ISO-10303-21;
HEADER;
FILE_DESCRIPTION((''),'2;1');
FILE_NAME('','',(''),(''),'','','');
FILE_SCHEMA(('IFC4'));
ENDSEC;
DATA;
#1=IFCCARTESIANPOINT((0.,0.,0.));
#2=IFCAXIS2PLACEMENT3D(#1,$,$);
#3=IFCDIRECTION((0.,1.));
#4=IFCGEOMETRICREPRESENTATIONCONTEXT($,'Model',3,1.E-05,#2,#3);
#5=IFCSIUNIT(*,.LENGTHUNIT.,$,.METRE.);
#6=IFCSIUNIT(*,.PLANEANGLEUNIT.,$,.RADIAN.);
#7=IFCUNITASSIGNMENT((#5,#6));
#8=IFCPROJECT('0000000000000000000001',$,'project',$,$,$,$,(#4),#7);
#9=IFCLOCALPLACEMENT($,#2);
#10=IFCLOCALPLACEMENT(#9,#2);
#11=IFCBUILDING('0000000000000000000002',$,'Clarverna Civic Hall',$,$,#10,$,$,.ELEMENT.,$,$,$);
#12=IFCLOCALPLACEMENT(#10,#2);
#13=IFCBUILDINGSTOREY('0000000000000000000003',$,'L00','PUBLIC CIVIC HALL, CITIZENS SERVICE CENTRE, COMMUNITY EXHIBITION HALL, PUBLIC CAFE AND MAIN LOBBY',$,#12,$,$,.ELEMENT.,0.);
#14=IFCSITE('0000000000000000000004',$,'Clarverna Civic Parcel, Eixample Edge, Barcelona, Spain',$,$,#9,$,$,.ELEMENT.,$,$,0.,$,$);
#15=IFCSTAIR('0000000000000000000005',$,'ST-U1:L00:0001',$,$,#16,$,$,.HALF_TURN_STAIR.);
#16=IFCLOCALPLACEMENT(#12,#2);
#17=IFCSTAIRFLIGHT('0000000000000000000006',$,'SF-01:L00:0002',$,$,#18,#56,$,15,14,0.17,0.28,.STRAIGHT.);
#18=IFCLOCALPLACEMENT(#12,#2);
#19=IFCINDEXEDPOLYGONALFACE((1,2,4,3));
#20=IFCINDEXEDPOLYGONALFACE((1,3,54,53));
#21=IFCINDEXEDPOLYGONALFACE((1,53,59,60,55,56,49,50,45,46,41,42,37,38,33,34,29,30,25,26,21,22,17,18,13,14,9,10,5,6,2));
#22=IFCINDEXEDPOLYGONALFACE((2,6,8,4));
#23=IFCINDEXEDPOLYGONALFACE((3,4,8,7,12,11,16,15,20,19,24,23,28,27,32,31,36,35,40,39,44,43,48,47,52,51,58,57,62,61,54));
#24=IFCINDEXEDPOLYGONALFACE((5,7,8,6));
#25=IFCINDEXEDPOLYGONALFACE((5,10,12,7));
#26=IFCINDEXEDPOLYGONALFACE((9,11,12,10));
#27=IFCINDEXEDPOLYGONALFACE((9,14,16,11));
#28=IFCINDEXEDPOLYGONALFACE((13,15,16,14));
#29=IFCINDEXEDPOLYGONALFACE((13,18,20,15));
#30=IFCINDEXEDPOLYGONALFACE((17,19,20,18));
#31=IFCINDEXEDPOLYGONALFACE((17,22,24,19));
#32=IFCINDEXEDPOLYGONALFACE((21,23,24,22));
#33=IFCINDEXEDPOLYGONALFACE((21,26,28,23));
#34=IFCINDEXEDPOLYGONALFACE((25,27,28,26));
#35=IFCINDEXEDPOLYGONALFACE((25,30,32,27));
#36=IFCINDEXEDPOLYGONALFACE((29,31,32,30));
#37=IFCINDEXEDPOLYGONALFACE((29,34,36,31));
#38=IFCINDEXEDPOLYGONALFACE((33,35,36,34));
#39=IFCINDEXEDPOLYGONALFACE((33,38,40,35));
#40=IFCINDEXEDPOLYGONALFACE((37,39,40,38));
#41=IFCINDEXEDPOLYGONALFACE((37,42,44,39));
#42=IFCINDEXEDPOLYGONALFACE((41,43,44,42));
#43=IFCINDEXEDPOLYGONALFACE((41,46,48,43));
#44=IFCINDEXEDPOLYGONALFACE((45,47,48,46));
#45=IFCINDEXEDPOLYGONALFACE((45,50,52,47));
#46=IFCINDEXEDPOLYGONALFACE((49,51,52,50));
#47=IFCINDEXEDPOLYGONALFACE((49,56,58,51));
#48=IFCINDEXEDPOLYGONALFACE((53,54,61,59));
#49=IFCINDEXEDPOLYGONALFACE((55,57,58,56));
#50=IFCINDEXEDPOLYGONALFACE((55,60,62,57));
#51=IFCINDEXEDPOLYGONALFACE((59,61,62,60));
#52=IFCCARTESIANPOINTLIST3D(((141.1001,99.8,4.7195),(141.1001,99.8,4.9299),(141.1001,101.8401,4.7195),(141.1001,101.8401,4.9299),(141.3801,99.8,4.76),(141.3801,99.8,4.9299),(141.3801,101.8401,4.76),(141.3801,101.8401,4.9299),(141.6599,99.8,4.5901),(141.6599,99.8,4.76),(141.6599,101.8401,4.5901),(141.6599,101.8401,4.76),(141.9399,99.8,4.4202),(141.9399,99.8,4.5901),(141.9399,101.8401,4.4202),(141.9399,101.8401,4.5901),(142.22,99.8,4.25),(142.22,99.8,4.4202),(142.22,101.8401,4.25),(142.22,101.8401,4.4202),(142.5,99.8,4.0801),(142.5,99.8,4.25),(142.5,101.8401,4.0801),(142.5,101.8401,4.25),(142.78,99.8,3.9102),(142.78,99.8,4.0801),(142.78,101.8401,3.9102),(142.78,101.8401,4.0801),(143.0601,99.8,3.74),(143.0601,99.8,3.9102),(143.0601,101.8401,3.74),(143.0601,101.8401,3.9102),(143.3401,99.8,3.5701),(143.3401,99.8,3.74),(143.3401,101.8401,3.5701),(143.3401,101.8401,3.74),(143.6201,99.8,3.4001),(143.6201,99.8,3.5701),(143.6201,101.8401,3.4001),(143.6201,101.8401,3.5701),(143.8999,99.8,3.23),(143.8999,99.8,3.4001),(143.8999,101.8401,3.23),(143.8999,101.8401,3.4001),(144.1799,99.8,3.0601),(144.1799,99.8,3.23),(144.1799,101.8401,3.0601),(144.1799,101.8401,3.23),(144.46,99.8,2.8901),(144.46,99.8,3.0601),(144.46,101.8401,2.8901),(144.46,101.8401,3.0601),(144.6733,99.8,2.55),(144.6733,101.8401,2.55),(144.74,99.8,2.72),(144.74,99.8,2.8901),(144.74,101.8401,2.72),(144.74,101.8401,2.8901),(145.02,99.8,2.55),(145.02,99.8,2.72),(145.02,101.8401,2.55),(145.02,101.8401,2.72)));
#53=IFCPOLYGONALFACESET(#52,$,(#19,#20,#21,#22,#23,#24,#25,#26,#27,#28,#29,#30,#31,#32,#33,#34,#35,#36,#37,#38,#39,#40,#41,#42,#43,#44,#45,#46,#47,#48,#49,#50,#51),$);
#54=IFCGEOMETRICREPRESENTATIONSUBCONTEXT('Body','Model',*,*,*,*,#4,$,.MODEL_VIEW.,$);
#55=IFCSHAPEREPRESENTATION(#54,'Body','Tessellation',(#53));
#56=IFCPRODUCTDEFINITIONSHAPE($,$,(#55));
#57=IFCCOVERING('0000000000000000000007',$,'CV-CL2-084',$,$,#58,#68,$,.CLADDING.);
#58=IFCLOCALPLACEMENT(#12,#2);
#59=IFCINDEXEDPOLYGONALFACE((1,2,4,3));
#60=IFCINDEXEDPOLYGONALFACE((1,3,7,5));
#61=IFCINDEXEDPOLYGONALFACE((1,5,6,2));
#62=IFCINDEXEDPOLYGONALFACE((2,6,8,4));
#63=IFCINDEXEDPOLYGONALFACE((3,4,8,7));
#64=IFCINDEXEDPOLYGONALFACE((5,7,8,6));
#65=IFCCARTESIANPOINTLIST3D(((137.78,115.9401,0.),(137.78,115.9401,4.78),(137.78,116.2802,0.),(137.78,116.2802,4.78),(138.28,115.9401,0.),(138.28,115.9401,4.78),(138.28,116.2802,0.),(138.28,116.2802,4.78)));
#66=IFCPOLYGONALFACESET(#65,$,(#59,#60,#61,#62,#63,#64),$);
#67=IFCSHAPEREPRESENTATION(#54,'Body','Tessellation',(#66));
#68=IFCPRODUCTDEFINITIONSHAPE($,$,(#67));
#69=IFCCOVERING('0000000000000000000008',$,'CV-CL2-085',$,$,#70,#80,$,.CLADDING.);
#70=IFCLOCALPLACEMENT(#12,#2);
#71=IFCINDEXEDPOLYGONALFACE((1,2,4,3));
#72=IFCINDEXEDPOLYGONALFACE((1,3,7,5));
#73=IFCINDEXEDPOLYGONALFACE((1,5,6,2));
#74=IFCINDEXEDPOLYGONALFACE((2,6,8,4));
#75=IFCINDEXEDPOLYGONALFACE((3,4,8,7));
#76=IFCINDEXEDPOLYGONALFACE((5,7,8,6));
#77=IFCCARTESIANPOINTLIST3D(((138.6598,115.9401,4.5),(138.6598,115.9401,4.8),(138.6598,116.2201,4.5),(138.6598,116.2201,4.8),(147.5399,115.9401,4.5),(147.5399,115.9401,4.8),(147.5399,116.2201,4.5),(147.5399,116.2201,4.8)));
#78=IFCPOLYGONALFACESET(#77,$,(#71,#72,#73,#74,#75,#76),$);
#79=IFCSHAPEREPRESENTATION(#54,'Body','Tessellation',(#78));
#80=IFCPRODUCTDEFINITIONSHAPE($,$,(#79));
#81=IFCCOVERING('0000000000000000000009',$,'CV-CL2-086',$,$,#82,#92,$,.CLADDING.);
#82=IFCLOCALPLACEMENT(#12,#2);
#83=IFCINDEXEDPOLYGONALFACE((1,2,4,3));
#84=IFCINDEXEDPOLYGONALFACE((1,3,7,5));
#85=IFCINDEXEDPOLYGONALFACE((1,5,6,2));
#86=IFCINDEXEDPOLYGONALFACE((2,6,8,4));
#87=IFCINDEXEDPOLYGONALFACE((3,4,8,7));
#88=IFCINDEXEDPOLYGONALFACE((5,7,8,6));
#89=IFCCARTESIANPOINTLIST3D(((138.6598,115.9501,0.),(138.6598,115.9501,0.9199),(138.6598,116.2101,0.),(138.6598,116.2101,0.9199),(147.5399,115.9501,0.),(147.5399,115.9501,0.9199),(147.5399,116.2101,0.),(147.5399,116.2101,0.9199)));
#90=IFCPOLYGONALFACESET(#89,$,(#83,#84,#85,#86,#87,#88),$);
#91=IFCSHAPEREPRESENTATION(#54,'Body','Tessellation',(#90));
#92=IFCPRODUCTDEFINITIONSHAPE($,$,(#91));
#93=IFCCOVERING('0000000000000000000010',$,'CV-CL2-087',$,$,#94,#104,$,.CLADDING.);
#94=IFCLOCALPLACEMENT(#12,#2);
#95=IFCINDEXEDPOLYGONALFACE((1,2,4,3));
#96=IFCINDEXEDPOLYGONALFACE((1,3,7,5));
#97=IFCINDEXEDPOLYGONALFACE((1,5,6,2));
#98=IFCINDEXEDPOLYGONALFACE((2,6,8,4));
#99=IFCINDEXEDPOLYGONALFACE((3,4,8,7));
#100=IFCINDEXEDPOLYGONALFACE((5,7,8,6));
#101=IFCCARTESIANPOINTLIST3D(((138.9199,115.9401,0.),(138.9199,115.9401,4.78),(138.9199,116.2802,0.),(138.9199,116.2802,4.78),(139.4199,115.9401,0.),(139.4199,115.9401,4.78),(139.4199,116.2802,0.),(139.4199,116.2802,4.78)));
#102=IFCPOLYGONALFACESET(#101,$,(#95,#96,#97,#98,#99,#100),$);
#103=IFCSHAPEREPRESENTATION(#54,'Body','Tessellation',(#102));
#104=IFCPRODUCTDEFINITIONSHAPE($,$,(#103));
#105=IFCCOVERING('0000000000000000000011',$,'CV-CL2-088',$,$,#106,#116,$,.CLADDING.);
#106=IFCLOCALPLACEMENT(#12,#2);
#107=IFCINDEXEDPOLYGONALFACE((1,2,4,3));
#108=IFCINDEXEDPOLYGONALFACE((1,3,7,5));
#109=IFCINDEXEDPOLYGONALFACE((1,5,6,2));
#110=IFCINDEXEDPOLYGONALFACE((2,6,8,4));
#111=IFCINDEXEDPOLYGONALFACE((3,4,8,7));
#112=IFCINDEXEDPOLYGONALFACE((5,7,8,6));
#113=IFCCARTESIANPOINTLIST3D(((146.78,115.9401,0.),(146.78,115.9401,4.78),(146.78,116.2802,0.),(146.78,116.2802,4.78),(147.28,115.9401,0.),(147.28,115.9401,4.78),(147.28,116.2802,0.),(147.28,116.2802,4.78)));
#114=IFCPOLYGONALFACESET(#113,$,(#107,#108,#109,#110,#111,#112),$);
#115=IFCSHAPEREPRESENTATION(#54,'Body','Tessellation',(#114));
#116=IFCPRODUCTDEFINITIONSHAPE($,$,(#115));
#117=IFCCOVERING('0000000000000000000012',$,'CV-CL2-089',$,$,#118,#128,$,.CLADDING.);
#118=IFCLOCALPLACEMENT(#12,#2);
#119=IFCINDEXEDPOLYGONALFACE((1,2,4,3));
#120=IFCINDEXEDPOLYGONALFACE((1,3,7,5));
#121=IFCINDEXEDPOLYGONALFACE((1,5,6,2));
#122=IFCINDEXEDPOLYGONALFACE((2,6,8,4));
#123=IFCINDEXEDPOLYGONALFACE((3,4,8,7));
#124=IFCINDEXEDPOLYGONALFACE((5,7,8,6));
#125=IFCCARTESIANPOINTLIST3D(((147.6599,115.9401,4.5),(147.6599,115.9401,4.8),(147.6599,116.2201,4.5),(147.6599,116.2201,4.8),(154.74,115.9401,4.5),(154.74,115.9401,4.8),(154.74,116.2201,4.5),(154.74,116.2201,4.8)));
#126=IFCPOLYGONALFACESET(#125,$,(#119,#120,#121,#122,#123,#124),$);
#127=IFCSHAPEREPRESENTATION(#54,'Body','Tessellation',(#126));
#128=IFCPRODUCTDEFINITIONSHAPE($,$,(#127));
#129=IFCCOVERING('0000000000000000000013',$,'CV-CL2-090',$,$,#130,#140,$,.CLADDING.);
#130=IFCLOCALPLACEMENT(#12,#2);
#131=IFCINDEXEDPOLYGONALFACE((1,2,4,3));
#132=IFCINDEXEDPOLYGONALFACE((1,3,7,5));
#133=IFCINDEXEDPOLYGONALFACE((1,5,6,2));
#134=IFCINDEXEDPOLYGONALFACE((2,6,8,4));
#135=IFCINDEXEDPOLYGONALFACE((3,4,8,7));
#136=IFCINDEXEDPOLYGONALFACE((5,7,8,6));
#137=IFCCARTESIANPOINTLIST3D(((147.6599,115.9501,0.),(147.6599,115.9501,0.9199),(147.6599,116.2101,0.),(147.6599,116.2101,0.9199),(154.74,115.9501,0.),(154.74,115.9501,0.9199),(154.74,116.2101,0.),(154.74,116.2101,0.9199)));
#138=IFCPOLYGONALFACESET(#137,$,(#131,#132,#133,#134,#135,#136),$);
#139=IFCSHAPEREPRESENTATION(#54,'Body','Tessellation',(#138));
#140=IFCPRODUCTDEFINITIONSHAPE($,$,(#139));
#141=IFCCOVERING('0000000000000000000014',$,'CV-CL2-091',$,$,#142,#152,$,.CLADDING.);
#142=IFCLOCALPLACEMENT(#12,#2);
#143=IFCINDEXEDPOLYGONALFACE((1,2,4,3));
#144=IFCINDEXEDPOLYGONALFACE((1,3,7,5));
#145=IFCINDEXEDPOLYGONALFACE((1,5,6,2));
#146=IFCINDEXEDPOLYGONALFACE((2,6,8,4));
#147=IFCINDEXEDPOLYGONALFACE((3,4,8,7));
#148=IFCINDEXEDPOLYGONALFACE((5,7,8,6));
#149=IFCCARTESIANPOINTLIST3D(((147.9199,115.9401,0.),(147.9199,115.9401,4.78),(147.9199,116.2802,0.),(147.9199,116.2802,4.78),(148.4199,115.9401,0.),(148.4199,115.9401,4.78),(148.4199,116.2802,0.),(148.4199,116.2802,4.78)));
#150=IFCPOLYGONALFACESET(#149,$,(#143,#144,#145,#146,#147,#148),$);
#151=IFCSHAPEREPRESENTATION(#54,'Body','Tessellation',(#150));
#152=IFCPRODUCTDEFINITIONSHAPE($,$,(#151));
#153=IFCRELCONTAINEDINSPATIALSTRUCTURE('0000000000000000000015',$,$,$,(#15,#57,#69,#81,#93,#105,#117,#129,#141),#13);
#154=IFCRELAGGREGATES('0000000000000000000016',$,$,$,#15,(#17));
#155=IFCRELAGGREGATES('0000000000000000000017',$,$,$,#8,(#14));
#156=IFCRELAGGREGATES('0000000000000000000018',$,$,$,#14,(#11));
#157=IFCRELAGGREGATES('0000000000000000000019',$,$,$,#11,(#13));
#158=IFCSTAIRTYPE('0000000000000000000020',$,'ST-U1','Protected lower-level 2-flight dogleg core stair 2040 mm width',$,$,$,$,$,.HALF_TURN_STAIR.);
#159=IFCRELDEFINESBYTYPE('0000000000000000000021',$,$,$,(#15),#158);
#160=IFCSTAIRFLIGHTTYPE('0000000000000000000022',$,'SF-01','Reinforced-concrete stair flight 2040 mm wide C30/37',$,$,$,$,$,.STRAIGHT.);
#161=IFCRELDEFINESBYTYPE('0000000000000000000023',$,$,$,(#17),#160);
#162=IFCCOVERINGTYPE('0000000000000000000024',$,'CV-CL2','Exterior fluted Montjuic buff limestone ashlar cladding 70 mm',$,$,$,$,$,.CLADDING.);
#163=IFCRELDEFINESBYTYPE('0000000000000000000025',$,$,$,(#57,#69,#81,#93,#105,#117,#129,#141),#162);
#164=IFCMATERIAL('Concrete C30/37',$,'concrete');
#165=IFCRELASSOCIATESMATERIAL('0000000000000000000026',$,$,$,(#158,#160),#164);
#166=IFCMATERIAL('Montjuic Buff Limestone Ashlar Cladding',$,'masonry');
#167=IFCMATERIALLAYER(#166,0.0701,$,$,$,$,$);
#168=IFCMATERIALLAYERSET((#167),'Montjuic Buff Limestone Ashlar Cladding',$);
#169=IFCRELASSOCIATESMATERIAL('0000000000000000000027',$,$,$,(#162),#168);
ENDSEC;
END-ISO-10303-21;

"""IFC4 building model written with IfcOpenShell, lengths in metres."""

from ifc_helpers import new_model, si_unit, direction, frame, frame_2d, origin, place, context, subcontext, project, spatial, polyline, rectangle, outline, extrude, material, layer, layer_set, type_object, element, aggregate, save


model = new_model("IFC4")

# Units and contexts
model_context = context("Model", 3, precision=1e-05, world=origin(), true_north=direction((0.0, 1.0)))
body_context = subcontext(model_context, "Body", "Model", "MODEL_VIEW")
ifc_project = project(units=[si_unit("LENGTHUNIT", "METRE"), si_unit("PLANEANGLEUNIT", "RADIAN")], contexts=[model_context])

# Site, building, storey
site_placement = place(None, origin())
site = spatial("IfcSite", under=ifc_project, at=site_placement, Name="Clarverna Civic Parcel, Eixample Edge, Barcelona, Spain", CompositionType="ELEMENT", RefElevation=0.0)
building_placement = place(site_placement, origin())
building = spatial("IfcBuilding", under=site, at=building_placement, Name="Clarverna Civic Hall", CompositionType="ELEMENT")
storey_placement = place(building_placement, origin())
storey = spatial("IfcBuildingStorey", under=building, at=storey_placement, Name="L00", Description="PUBLIC CIVIC HALL, CITIZENS SERVICE CENTRE, COMMUNITY EXHIBITION HALL, PUBLIC CAFE AND MAIN LOBBY", CompositionType="ELEMENT", Elevation=0.0)

# Stair, stair flight
ifc_material_1 = material(Name="Concrete C30/37", Category="concrete")
stair_type = type_object("IfcStairType", Name="ST-U1", Description="Protected lower-level 2-flight dogleg core stair 2040 mm width", PredefinedType="HALF_TURN_STAIR", material=ifc_material_1)
stair_placement = place(storey_placement, origin())
stair = element("IfcStair", 1, at=stair_placement, inside=storey, type_object=stair_type, Name="ST-U1:L00:0001", PredefinedType="HALF_TURN_STAIR")
stair_flight_type = type_object("IfcStairFlightType", Name="SF-01", Description="Reinforced-concrete stair flight 2040 mm wide C30/37", PredefinedType="STRAIGHT", material=ifc_material_1)
stair_flight_placement = place(storey_placement, frame((145.02, 100.8201, 2.55), z_axis=(0.0, 0.0, 1.0), x_axis=(-1.0, 0.0, 0.0)))
stair_flight = element("IfcStairFlight", 2, at=stair_flight_placement, type_object=stair_flight_type, Name="SF-01:L00:0002", NumberOfRisers=15, NumberOfTreads=14, PredefinedType="STRAIGHT", RiserHeight=0.17, TreadLength=0.28, context=body_context, shape_type="SweptSolid", body=[
    extrude(outline(polyline([(0.0, 0.0), (0.0, 0.1699), (0.28, 0.1699), (0.28, 0.3401), (0.5601, 0.3401), (0.5601, 0.51), (0.8401, 0.51), (0.8401, 0.6799), (1.1201, 0.6799), (1.1201, 0.8501), (1.3999, 0.8501), (1.3999, 1.02), (1.6799, 1.02), (1.6799, 1.1899), (1.96, 1.1899), (1.96, 1.3601), (2.24, 1.3601), (2.24, 1.53), (2.52, 1.53), (2.52, 1.7), (2.8, 1.7), (2.8, 1.8701), (3.0801, 1.8701), (3.0801, 2.04), (3.3601, 2.04), (3.3601, 2.21), (3.6399, 2.21), (3.6399, 2.3799), (3.9199, 2.3799), (3.9199, 2.55), (3.9199, 2.1694), (0.3467, 0.0), (0.0, 0.0)])), frame((0.0, 1.02, 0.0), z_axis=(0.0, -1.0, 0.0), x_axis=(1.0, 0.0, 0.0)), (0.0, 0.0, 1.0), 2.04),
])
aggregate(stair, [stair_flight])

# Coverings
ifc_material_2 = material(Name="Montjuic Buff Limestone Ashlar Cladding", Category="masonry")
ifc_layer_1 = layer(ifc_material_2, 0.0701)
ifc_layer_set_1 = layer_set([ifc_layer_1], Name="Montjuic Buff Limestone Ashlar Cladding")
covering_type = type_object("IfcCoveringType", Name="CV-CL2", Description="Exterior fluted Montjuic buff limestone ashlar cladding 70 mm", PredefinedType="CLADDING", material=ifc_layer_set_1)
covering_1_placement = place(storey_placement, frame((137.78, 116.1101, 0.0), z_axis=(0.0, 0.0, 1.0), x_axis=(1.0, 0.0, 0.0)))
element("IfcCovering", 3, at=covering_1_placement, inside=storey, type_object=covering_type, Name="CV-CL2-084", PredefinedType="CLADDING", context=body_context, shape_type="SweptSolid", body=[
    extrude(rectangle(XDim=0.5, YDim=0.3401, at=frame_2d((0.25, 0.0))), origin(), (0.0, 0.0, 1.0), 4.78),
])
covering_2_placement = place(storey_placement, frame((138.6599, 116.0801, 4.5), z_axis=(0.0, 0.0, 1.0), x_axis=(1.0, 0.0, 0.0)))
element("IfcCovering", 4, at=covering_2_placement, inside=storey, type_object=covering_type, Name="CV-CL2-085", PredefinedType="CLADDING", context=body_context, shape_type="SweptSolid", body=[
    extrude(rectangle(XDim=8.8801, YDim=0.28, at=frame_2d((4.4399, 0.0))), origin(), (0.0, 0.0, 1.0), 0.3),
])
covering_3_placement = place(storey_placement, frame((138.6599, 116.0801, 0.0), z_axis=(0.0, 0.0, 1.0), x_axis=(1.0, 0.0, 0.0)))
element("IfcCovering", 5, at=covering_3_placement, inside=storey, type_object=covering_type, Name="CV-CL2-086", PredefinedType="CLADDING", context=body_context, shape_type="SweptSolid", body=[
    extrude(rectangle(XDim=8.8801, YDim=0.26, at=frame_2d((4.4399, 0.0))), origin(), (0.0, 0.0, 1.0), 0.9199),
])
for number, where, z_axis, x_axis, name in (
    (6, (138.9199, 116.1101, 0.0), (0.0, 0.0, 1.0), (1.0, 0.0, 0.0), "CV-CL2-087"),
    (7, (146.78, 116.1101, 0.0), (0.0, 0.0, 1.0), (1.0, 0.0, 0.0), "CV-CL2-088"),
):
    element("IfcCovering", number, at=place(storey_placement, frame(where, z_axis=z_axis, x_axis=x_axis)), inside=storey, type_object=covering_type, Name=name, PredefinedType="CLADDING", context=body_context, shape_type="SweptSolid", body=[
        extrude(rectangle(XDim=0.5, YDim=0.3401, at=frame_2d((0.25, 0.0))), origin(), (0.0, 0.0, 1.0), 4.78),
    ])
covering_4_placement = place(storey_placement, frame((147.6599, 116.0801, 4.5), z_axis=(0.0, 0.0, 1.0), x_axis=(1.0, 0.0, 0.0)))
element("IfcCovering", 8, at=covering_4_placement, inside=storey, type_object=covering_type, Name="CV-CL2-089", PredefinedType="CLADDING", context=body_context, shape_type="SweptSolid", body=[
    extrude(rectangle(XDim=7.0801, YDim=0.28, at=frame_2d((3.54, 0.0))), origin(), (0.0, 0.0, 1.0), 0.3),
])
covering_5_placement = place(storey_placement, frame((147.6599, 116.0801, 0.0), z_axis=(0.0, 0.0, 1.0), x_axis=(1.0, 0.0, 0.0)))
element("IfcCovering", 9, at=covering_5_placement, inside=storey, type_object=covering_type, Name="CV-CL2-090", PredefinedType="CLADDING", context=body_context, shape_type="SweptSolid", body=[
    extrude(rectangle(XDim=7.0801, YDim=0.26, at=frame_2d((3.54, 0.0))), origin(), (0.0, 0.0, 1.0), 0.9199),
])
covering_6_placement = place(storey_placement, frame((147.9199, 116.1101, 0.0), z_axis=(0.0, 0.0, 1.0), x_axis=(1.0, 0.0, 0.0)))
element("IfcCovering", 10, at=covering_6_placement, inside=storey, type_object=covering_type, Name="CV-CL2-091", PredefinedType="CLADDING", context=body_context, shape_type="SweptSolid", body=[
    extrude(rectangle(XDim=0.5, YDim=0.3401, at=frame_2d((0.25, 0.0))), origin(), (0.0, 0.0, 1.0), 4.78),
])

save(model, "model.ifc")
